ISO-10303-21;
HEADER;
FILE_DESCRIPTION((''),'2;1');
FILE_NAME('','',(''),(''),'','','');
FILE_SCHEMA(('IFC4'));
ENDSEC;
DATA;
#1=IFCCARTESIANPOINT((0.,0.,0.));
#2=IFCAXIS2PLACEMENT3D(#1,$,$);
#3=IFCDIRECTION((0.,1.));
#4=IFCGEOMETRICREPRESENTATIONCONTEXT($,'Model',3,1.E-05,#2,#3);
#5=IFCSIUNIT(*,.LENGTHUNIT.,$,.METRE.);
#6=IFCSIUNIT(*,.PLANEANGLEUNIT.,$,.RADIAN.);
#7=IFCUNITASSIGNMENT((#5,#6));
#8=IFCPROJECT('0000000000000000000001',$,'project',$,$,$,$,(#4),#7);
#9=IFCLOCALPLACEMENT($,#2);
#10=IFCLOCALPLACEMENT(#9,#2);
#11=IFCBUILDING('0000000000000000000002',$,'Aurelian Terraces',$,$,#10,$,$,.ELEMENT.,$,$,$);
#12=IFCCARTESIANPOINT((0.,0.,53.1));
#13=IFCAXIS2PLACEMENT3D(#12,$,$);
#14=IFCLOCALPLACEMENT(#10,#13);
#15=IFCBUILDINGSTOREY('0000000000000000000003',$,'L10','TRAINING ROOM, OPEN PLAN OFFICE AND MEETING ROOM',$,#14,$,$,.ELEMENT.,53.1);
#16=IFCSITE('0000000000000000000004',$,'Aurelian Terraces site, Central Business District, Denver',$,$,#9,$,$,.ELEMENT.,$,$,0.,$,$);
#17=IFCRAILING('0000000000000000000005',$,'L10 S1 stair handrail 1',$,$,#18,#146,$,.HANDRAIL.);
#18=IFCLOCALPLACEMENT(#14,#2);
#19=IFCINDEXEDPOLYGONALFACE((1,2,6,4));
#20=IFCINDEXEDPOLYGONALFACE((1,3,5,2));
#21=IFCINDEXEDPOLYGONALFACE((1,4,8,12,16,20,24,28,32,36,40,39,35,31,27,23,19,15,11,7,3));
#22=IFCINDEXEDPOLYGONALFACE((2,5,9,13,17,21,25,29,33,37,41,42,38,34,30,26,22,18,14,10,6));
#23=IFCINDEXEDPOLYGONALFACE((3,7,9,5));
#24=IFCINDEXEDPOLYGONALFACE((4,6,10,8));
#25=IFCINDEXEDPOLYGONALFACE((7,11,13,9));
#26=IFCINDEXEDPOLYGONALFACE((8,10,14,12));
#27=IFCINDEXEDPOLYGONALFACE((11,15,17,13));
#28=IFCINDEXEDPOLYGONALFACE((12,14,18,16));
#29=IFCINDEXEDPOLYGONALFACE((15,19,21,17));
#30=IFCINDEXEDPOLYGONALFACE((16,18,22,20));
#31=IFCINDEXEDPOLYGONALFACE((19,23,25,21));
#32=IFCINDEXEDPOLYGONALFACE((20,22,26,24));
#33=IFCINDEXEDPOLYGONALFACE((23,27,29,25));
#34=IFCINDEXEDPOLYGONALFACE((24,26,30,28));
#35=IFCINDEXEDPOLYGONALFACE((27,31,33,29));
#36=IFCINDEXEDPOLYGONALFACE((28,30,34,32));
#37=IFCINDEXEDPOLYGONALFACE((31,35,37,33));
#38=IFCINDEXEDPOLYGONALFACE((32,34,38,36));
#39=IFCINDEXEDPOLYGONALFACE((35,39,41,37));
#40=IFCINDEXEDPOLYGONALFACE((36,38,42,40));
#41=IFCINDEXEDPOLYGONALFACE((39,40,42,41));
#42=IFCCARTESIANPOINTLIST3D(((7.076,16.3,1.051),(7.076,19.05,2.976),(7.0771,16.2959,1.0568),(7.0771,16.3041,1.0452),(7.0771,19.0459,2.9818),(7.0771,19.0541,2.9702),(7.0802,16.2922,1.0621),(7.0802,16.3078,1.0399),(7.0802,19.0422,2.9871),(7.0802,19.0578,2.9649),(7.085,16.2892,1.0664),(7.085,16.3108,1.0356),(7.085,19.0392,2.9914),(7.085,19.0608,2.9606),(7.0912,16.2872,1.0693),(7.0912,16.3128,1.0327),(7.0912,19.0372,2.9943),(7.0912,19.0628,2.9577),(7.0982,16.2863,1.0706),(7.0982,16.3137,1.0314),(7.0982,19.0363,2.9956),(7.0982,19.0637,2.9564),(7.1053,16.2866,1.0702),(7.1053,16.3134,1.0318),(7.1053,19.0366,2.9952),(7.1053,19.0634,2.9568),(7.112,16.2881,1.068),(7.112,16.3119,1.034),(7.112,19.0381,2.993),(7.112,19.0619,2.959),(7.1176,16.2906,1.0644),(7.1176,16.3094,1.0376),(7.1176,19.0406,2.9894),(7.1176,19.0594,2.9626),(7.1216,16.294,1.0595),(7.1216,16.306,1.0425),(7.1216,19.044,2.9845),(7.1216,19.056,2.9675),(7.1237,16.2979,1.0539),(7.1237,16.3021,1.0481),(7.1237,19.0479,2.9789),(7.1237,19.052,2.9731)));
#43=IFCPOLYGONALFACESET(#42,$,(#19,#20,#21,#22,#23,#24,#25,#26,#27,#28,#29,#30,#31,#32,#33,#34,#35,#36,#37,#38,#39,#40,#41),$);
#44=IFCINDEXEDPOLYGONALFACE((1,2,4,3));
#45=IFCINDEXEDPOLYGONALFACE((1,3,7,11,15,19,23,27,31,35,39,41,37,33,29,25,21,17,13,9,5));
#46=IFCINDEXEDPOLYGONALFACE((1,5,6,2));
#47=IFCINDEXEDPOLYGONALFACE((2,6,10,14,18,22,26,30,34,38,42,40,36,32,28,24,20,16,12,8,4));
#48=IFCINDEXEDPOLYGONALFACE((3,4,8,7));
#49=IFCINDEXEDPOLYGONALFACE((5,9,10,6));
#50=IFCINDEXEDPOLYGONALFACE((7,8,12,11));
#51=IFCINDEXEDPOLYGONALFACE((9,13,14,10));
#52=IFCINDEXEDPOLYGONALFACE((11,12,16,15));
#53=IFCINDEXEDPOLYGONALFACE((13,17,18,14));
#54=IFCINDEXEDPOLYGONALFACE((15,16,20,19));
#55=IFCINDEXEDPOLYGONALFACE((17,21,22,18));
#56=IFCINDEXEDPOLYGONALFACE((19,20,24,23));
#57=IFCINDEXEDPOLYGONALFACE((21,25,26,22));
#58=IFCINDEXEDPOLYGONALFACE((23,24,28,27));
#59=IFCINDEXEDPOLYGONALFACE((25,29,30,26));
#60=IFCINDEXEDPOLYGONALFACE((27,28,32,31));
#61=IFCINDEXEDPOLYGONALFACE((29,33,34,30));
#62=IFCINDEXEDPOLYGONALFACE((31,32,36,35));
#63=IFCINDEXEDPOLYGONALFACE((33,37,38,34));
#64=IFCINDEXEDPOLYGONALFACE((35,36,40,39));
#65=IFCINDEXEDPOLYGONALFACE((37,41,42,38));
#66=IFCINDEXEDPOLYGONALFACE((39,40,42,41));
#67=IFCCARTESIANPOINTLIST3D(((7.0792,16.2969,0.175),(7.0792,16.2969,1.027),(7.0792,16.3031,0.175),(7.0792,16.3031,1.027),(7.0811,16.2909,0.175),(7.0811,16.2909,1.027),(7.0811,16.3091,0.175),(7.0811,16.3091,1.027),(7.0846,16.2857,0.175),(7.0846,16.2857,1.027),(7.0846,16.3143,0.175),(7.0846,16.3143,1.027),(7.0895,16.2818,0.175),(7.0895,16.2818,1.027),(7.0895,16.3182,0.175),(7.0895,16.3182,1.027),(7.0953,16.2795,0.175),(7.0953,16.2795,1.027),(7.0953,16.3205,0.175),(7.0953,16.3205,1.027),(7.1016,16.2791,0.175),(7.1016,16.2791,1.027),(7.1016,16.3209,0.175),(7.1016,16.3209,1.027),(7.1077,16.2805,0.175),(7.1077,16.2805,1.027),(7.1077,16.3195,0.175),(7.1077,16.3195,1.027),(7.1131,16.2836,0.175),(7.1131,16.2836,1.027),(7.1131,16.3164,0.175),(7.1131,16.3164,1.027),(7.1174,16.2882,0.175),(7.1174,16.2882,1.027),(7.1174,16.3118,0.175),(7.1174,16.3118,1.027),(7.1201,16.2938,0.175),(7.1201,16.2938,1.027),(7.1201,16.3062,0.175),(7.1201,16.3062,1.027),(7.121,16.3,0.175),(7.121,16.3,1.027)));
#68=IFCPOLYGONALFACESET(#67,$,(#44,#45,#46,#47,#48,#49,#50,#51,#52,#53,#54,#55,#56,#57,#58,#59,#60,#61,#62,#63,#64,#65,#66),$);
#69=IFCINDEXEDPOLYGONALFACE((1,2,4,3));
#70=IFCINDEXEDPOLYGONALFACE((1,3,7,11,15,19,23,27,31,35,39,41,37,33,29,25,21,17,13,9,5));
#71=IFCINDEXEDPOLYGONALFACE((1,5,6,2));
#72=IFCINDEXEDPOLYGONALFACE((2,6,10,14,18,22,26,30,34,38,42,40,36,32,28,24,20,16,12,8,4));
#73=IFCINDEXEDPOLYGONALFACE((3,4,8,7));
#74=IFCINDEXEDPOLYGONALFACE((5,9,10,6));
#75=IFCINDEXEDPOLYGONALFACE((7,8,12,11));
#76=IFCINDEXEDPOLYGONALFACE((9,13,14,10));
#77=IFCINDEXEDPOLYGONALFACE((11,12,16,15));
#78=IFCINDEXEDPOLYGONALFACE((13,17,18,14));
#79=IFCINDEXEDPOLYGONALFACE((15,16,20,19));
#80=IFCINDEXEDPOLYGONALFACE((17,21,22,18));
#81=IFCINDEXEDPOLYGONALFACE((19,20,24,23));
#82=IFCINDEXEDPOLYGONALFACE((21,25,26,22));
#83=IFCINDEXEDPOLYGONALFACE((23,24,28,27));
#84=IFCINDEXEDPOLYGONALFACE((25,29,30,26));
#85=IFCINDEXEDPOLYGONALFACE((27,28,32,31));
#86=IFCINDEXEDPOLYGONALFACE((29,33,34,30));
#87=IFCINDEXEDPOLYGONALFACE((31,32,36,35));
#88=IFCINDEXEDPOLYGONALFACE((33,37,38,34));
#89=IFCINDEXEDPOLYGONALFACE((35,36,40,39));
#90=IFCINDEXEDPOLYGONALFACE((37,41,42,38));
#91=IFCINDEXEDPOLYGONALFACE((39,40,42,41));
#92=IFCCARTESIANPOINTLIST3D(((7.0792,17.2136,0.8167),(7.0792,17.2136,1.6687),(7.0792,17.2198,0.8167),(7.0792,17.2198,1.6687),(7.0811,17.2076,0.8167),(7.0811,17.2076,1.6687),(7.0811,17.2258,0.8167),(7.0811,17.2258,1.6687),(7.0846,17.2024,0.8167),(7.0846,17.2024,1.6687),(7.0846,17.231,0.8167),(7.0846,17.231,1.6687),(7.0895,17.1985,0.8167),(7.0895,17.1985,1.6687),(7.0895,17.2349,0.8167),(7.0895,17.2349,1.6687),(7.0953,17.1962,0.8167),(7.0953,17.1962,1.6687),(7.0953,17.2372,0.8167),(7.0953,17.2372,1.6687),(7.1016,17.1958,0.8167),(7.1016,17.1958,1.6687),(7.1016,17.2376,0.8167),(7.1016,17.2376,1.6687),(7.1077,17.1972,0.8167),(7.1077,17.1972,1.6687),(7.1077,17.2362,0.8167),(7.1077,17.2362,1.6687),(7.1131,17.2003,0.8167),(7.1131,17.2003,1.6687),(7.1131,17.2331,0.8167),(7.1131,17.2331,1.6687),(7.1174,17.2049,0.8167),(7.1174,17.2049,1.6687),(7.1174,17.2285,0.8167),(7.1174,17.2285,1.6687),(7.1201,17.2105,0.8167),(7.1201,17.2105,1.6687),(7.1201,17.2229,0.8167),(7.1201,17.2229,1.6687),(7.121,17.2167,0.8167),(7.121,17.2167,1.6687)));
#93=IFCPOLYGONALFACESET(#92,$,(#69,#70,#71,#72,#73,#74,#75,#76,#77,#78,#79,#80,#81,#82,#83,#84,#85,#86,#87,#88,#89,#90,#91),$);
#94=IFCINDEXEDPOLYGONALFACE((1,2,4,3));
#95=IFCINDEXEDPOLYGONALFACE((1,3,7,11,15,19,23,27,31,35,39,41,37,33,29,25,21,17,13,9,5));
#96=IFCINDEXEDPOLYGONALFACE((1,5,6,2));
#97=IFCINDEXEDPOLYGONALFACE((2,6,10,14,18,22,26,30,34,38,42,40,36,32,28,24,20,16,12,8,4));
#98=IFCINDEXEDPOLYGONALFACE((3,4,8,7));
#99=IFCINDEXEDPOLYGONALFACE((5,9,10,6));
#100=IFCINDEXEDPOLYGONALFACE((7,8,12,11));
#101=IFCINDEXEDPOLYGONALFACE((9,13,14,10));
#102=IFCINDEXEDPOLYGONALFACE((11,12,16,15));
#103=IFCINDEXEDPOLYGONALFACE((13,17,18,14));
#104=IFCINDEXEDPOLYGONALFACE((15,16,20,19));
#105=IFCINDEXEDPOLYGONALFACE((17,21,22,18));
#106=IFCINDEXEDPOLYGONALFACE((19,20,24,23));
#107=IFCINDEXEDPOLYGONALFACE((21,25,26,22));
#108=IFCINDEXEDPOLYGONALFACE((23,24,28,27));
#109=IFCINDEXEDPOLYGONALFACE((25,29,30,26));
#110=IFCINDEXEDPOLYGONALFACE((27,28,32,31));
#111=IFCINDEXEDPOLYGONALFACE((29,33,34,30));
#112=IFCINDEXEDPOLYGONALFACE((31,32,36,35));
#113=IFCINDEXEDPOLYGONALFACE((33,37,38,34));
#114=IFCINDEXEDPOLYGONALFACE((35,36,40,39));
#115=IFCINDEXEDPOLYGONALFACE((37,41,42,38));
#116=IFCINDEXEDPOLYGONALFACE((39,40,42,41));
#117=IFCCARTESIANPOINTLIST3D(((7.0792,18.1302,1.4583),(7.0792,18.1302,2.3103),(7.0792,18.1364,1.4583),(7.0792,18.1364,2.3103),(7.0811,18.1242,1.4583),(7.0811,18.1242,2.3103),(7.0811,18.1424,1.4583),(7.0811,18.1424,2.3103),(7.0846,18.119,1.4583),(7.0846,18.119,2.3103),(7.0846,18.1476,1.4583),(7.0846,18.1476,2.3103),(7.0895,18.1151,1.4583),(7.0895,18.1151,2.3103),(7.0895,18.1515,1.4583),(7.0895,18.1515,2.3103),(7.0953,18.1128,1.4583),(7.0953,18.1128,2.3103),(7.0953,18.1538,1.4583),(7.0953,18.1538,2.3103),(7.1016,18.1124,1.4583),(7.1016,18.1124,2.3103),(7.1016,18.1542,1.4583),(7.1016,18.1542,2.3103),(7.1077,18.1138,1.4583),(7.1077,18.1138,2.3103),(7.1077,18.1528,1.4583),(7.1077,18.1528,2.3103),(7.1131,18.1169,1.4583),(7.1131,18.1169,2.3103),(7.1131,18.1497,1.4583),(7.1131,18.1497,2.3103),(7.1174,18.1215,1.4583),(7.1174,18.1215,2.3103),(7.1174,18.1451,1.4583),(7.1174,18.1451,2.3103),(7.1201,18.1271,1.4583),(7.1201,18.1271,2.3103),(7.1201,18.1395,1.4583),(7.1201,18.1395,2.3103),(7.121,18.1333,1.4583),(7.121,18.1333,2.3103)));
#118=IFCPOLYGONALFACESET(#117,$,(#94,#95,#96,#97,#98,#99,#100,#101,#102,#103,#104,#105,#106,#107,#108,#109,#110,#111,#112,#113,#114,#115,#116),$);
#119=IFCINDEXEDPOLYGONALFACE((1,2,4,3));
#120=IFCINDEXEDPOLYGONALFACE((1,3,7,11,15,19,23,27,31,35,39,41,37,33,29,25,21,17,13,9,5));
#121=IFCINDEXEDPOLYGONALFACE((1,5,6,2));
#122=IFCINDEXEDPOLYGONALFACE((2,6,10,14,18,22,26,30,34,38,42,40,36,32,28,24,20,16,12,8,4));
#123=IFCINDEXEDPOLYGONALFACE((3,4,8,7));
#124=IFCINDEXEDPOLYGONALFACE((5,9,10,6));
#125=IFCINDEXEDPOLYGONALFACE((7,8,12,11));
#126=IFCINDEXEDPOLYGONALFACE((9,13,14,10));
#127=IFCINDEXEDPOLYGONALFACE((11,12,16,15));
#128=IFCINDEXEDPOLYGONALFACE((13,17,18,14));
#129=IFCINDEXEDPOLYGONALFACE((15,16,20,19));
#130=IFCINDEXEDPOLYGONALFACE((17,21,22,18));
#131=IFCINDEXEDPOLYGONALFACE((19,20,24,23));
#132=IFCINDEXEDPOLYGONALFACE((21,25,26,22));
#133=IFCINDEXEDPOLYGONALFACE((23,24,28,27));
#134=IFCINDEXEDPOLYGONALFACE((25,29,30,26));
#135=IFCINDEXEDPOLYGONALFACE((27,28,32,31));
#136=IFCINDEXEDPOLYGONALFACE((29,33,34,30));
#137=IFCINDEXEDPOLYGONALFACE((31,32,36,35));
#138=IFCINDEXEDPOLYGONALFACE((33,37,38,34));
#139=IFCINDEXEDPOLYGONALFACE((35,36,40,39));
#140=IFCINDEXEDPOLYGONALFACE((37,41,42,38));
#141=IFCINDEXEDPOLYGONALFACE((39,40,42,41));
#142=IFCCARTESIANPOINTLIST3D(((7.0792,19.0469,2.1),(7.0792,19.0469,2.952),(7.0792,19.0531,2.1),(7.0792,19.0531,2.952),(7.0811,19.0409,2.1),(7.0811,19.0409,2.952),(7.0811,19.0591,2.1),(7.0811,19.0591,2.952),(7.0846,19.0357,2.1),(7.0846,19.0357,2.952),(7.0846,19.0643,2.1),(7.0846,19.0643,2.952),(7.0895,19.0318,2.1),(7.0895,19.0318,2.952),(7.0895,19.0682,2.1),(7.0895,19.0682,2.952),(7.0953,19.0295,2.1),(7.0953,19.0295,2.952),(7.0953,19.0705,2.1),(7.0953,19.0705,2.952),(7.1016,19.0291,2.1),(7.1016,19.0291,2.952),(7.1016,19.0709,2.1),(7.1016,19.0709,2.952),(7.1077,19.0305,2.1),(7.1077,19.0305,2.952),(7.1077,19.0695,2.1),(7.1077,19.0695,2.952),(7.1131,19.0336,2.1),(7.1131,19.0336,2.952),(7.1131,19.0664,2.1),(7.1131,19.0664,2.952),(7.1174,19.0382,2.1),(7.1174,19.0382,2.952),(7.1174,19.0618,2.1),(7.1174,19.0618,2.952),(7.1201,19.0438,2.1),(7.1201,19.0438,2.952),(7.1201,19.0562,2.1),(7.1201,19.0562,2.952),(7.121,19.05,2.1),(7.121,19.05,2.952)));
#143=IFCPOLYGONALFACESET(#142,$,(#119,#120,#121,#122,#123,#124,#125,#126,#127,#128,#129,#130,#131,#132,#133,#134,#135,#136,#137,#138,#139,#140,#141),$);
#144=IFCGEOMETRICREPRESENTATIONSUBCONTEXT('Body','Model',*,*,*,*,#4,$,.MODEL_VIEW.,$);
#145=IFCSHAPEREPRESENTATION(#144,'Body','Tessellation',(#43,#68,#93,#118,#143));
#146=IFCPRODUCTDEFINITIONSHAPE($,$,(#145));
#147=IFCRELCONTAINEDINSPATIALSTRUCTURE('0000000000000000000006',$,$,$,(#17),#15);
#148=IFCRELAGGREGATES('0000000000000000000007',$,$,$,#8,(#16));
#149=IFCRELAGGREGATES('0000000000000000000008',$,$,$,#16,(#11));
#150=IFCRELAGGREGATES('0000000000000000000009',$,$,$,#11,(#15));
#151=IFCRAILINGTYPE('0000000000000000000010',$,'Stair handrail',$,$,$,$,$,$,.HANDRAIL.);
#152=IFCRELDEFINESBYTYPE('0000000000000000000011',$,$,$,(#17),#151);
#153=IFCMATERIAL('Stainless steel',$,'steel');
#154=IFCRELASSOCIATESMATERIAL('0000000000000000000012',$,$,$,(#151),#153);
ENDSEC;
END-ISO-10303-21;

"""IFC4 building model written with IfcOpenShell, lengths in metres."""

from ifc_helpers import new_model, si_unit, direction, frame, origin, origin_2d, place, context, subcontext, project, spatial, circle, extrude, source, transform, mapped, material, type_object, element, save


model = new_model("IFC4")

# Units and contexts
model_context = context("Model", 3, precision=1e-05, world=origin(), true_north=direction((0.0, 1.0)))
body_context = subcontext(model_context, "Body", "Model", "MODEL_VIEW")
ifc_project = project(units=[si_unit("LENGTHUNIT", "METRE"), si_unit("PLANEANGLEUNIT", "RADIAN")], contexts=[model_context])

# Site, building, storey
site_placement = place(None, origin())
site = spatial("IfcSite", under=ifc_project, at=site_placement, Name="Aurelian Terraces site, Central Business District, Denver", CompositionType="ELEMENT", RefElevation=0.0)
building_placement = place(site_placement, origin())
building = spatial("IfcBuilding", under=site, at=building_placement, Name="Aurelian Terraces", CompositionType="ELEMENT")
storey_placement = place(building_placement, frame((0.0, 0.0, 53.1)))
storey = spatial("IfcBuildingStorey", under=building, at=storey_placement, Name="L10", Description="TRAINING ROOM, OPEN PLAN OFFICE AND MEETING ROOM", CompositionType="ELEMENT", Elevation=53.1)

# Shared definitions
ifc_material_1 = material(Name="Stainless steel", Category="steel")

# Railing
railing_type_1 = type_object("IfcRailingType", Name="Stair handrail", PredefinedType="HANDRAIL", material=ifc_material_1)
shared_shape_1 = source(origin(), body_context, "Body", "SweptSolid", [
    extrude(circle(Radius=0.024, at=origin_2d()), frame((0.0, 0.0, 0.876), z_axis=(0.0, 0.819232, 0.573462), x_axis=(-1.0, 0.0, 0.0)), (0.0, 0.0, 1.0), 3.3568),
    extrude(circle(Radius=0.021, at=origin_2d()), origin(), (0.0, 0.0, 1.0), 0.852),
    extrude(circle(Radius=0.021, at=origin_2d()), frame((0.0, 0.9167, 0.6417)), (0.0, 0.0, 1.0), 0.852),
    extrude(circle(Radius=0.021, at=origin_2d()), frame((0.0, 1.8333, 1.2833)), (0.0, 0.0, 1.0), 0.852),
    extrude(circle(Radius=0.021, at=origin_2d()), frame((0.0, 2.75, 1.925)), (0.0, 0.0, 1.0), 0.852),
])
railing_1_placement = place(storey_placement, frame((7.1, 16.3, 0.175)))
element("IfcRailing", 1, at=railing_1_placement, inside=storey, type_object=railing_type_1, Name="L10 S1 stair handrail 1", PredefinedType="HANDRAIL", context=body_context, shape_type="MappedRepresentation", body=[
    mapped(shared_shape_1, transform((0.0, 0.0, 0.0), scale=1.0)),
])

save(model, "model.ifc")
